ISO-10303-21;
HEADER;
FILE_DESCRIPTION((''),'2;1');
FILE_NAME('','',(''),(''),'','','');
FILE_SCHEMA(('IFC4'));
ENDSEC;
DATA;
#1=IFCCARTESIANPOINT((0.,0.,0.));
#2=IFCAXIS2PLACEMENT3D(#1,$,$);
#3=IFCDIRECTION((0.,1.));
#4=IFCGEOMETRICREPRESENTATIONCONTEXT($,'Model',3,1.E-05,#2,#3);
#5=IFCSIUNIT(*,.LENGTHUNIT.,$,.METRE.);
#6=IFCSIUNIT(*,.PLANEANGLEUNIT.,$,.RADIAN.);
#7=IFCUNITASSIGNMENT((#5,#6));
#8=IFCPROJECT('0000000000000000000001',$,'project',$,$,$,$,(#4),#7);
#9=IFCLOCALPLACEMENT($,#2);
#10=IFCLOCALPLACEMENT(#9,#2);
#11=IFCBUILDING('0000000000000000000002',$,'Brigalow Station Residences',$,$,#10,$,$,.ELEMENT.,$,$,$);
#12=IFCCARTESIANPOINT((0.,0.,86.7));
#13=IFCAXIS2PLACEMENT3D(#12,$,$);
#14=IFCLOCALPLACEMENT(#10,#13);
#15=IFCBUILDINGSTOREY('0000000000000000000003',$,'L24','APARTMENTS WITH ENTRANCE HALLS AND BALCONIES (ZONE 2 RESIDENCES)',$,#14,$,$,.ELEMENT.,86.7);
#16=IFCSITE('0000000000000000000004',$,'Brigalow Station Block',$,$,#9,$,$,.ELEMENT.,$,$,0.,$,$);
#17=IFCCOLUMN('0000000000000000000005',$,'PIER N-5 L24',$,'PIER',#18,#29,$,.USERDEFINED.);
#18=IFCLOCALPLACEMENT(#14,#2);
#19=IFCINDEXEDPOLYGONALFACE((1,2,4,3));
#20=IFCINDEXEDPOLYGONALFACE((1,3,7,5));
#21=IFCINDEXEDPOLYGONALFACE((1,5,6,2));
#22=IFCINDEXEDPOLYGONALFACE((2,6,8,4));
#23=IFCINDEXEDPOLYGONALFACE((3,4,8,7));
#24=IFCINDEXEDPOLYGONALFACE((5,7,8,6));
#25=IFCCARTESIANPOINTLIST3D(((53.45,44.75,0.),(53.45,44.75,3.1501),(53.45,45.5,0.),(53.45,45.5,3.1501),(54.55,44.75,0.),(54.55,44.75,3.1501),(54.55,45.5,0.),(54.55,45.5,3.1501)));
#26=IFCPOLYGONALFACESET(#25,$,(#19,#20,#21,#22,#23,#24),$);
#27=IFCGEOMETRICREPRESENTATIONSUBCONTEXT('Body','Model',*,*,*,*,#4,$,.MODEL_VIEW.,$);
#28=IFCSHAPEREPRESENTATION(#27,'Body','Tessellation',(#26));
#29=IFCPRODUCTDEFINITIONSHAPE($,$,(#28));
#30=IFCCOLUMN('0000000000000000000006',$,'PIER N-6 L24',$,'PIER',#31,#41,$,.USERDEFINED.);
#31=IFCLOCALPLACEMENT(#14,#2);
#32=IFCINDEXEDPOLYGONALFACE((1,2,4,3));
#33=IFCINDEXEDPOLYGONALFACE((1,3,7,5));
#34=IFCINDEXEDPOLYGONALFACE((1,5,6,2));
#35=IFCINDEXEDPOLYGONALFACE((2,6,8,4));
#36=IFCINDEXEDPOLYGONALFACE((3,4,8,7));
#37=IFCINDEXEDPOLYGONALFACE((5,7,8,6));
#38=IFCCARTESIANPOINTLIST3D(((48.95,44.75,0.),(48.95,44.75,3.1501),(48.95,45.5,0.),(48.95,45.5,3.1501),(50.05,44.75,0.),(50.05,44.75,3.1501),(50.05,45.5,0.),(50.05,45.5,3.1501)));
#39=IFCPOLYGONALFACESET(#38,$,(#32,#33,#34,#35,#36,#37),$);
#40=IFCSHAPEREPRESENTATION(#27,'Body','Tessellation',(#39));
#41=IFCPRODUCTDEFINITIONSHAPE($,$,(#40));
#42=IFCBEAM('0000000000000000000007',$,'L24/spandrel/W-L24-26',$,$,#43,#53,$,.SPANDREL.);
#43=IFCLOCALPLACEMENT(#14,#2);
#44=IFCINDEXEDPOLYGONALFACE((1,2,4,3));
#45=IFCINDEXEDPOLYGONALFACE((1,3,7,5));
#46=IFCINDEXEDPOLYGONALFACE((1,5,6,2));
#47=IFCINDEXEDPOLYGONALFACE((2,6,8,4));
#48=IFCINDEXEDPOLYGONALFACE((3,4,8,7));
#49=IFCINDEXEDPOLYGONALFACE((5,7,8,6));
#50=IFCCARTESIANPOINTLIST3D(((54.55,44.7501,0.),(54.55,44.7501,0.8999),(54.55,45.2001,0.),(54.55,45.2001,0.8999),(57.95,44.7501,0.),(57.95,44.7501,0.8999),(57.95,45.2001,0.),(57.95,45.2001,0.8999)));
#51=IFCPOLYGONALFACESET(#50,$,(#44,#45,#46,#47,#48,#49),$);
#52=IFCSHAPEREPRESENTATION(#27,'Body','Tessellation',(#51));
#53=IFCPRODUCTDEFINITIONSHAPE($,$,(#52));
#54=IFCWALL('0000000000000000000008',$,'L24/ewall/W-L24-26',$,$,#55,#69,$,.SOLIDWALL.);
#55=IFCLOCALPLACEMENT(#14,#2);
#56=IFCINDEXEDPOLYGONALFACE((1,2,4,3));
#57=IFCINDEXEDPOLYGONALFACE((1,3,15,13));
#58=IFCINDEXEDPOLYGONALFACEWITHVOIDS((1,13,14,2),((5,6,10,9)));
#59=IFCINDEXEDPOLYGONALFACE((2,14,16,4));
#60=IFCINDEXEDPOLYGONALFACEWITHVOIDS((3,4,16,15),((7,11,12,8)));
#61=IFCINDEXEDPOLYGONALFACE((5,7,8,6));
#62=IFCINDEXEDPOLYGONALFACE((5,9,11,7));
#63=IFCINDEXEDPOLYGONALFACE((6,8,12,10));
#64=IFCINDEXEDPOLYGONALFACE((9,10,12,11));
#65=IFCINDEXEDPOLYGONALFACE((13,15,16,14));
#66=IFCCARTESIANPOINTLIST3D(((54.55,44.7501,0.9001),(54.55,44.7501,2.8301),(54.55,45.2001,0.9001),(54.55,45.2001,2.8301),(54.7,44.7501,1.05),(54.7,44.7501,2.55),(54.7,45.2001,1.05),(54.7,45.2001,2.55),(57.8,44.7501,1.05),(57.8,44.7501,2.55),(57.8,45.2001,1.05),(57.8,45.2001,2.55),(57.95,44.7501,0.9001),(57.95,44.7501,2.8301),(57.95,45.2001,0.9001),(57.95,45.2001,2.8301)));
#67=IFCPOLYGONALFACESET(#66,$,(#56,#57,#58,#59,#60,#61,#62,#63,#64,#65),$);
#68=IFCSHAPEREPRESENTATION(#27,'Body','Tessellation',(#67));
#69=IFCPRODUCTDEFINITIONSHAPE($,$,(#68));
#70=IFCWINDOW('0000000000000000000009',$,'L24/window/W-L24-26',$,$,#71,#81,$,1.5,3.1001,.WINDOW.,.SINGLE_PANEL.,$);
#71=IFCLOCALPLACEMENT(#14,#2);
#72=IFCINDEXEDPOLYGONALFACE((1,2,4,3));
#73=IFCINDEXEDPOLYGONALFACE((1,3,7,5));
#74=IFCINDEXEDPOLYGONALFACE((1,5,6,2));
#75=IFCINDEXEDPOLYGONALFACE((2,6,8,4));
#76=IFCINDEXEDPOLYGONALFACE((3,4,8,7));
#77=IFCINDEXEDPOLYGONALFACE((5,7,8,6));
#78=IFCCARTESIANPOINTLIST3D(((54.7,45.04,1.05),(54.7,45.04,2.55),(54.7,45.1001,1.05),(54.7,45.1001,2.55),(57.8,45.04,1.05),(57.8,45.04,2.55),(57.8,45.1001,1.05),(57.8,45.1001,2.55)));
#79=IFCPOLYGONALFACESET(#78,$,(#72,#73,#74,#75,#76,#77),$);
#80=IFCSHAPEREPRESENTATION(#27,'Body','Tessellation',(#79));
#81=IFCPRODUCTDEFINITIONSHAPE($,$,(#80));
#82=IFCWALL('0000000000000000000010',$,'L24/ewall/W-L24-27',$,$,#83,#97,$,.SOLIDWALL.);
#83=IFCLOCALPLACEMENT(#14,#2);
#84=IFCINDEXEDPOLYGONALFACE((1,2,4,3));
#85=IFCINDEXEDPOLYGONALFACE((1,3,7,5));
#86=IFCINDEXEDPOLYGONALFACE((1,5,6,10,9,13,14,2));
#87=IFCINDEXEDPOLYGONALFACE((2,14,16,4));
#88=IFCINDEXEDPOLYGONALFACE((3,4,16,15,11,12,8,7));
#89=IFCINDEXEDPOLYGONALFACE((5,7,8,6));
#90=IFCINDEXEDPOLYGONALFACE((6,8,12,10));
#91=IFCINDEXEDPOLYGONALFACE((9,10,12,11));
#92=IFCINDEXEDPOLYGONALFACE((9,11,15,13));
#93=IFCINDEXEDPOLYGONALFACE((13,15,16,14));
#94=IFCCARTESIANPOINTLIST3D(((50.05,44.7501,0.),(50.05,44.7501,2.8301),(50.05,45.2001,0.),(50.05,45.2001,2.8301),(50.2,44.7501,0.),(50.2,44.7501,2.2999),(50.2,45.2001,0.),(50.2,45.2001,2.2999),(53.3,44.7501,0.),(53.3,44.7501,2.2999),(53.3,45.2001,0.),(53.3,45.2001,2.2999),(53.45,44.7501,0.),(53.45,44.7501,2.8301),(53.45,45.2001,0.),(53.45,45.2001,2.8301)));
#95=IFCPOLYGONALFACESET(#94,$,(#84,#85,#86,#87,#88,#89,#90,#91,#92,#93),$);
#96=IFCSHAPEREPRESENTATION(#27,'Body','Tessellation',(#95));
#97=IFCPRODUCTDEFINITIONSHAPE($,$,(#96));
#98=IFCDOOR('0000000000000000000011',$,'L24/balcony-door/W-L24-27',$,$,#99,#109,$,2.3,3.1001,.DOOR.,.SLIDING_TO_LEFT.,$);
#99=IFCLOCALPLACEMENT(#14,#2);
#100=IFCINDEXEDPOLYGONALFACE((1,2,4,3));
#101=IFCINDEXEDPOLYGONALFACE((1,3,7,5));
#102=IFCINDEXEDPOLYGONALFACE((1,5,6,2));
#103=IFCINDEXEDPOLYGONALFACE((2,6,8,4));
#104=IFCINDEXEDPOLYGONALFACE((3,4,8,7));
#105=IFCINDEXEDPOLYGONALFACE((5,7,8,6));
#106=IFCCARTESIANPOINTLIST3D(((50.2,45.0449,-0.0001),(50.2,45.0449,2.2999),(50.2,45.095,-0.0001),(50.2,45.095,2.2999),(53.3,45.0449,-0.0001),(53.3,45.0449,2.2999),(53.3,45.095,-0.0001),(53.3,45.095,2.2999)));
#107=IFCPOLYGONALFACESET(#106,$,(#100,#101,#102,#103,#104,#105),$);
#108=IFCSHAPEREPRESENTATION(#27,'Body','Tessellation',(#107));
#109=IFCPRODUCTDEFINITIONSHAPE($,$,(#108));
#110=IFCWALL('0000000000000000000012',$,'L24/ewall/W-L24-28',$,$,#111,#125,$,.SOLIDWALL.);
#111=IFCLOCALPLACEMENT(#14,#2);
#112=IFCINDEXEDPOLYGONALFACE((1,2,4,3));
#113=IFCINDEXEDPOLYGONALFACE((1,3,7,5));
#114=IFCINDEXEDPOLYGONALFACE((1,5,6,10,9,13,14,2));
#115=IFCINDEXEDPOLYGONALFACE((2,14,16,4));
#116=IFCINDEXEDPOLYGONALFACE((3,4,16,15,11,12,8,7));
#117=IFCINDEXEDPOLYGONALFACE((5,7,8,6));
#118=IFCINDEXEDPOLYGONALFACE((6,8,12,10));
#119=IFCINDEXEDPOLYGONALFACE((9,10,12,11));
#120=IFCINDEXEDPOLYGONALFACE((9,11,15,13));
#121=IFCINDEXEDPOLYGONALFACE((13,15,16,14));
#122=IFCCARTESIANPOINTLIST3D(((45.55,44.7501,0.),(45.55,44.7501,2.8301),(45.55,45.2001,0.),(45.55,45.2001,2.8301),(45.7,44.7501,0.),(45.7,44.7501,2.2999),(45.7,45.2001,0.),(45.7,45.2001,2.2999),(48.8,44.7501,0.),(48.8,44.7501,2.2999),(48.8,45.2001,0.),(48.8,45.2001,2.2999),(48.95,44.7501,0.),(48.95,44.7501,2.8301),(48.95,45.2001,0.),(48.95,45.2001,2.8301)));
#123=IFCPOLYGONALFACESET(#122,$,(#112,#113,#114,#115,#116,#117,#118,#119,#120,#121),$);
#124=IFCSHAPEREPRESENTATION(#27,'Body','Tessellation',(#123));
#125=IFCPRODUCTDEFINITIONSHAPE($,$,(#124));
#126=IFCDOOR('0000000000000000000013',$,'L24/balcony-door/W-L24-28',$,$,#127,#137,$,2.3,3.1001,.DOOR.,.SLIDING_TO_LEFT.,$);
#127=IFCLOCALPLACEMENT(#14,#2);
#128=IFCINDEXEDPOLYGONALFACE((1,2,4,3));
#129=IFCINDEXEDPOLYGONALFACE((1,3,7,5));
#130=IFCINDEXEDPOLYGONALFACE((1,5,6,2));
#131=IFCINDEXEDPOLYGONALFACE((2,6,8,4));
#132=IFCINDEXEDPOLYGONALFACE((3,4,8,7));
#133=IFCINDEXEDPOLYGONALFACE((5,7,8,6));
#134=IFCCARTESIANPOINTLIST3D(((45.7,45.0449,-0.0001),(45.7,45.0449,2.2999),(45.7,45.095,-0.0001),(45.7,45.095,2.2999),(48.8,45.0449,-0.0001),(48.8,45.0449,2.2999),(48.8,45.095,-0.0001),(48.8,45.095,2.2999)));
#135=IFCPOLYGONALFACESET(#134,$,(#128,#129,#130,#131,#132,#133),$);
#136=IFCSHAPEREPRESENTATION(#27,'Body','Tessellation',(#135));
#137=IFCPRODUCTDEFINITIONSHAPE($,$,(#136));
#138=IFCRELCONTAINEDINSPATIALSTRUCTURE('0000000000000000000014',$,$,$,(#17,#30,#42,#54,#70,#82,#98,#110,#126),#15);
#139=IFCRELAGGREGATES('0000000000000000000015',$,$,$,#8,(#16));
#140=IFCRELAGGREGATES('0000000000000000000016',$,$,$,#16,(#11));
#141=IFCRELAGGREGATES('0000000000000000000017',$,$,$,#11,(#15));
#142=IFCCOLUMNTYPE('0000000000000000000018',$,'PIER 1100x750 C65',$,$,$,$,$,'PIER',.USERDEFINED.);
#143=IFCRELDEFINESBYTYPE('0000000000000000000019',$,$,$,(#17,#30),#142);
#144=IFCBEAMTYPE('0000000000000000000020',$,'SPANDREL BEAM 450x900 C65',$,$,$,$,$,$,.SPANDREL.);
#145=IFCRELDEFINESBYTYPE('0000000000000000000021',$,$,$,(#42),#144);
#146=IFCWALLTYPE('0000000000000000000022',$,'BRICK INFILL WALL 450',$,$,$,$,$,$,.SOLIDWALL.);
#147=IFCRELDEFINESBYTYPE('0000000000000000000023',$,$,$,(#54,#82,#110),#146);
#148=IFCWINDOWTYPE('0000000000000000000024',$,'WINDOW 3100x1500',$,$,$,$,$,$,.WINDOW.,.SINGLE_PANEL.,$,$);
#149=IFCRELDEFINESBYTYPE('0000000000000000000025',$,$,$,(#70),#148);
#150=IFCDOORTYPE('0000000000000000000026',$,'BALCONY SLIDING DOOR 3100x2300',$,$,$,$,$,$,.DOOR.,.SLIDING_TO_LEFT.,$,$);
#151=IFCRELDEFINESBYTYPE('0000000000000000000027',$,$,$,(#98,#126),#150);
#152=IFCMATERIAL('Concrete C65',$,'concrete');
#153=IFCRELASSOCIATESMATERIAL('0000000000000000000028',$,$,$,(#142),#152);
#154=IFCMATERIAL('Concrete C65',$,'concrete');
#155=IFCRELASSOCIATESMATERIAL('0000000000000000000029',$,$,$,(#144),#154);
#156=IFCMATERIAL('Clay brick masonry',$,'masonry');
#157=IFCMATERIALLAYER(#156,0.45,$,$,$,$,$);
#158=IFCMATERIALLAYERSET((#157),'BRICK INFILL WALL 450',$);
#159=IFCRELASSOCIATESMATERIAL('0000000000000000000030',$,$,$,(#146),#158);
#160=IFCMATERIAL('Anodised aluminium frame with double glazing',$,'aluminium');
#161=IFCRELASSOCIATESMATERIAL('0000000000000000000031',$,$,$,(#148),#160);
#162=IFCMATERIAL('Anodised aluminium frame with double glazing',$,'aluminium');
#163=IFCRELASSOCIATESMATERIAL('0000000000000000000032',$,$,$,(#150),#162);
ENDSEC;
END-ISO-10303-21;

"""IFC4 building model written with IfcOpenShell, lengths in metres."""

from ifc_helpers import new_model, si_unit, direction, frame, frame_2d, origin, origin_2d, place, context, subcontext, project, spatial, rectangle, extrude, material, layer, layer_set, material_profile, profile_set, type_object, element, fill, save


model = new_model("IFC4")

# Units and contexts
model_context = context("Model", 3, precision=1e-05, world=origin(), true_north=direction((0.0, 1.0)))
body_context = subcontext(model_context, "Body", "Model", "MODEL_VIEW")
ifc_project = project(units=[si_unit("LENGTHUNIT", "METRE"), si_unit("PLANEANGLEUNIT", "RADIAN")], contexts=[model_context])

# Site, building, storey
site_placement = place(None, origin())
site = spatial("IfcSite", under=ifc_project, at=site_placement, Name="Brigalow Station Block", CompositionType="ELEMENT", RefElevation=0.0)
building_placement = place(site_placement, origin())
building = spatial("IfcBuilding", under=site, at=building_placement, Name="Brigalow Station Residences", CompositionType="ELEMENT")
storey_placement = place(building_placement, frame((0.0, 0.0, 86.7)))
storey = spatial("IfcBuildingStorey", under=building, at=storey_placement, Name="L24", Description="APARTMENTS WITH ENTRANCE HALLS AND BALCONIES (ZONE 2 RESIDENCES)", CompositionType="ELEMENT", Elevation=86.7)

# Columns
ifc_material_1 = material(Name="Concrete C65", Category="concrete")
ifc_material_profile_1 = material_profile(ifc_material_1, rectangle(XDim=1.1001, YDim=0.75, at=origin_2d()), Name="RC1100x750")
ifc_profile_set_1 = profile_set([ifc_material_profile_1], Name="Concrete C65")
column_type = type_object("IfcColumnType", Name="PIER 1100x750 C65", ElementType="PIER", PredefinedType="USERDEFINED", material=ifc_profile_set_1)
for number, where, z_axis, x_axis, name in (
    (1, (54.0, 45.125, 0.0), (0.0, 0.0, 1.0), (-1.0, 0.0, 0.0), "PIER N-5 L24"),
    (2, (49.5, 45.125, 0.0), (0.0, 0.0, 1.0), (-1.0, 0.0, 0.0), "PIER N-6 L24"),
):
    element("IfcColumn", number, at=place(storey_placement, frame(where, z_axis=z_axis, x_axis=x_axis)), inside=storey, type_object=column_type, Name=name, ObjectType="PIER", PredefinedType="USERDEFINED", context=body_context, shape_type="SweptSolid", body=[
        extrude(rectangle(XDim=1.1001, YDim=0.75, at=origin_2d()), origin(), (0.0, 0.0, 1.0), 3.1501),
    ])

# Beam
ifc_material_2 = material(Name="Concrete C65", Category="concrete")
ifc_material_profile_2 = material_profile(ifc_material_2, rectangle(XDim=0.45, YDim=0.8999, at=origin_2d()), Name="RC450x900")
ifc_profile_set_2 = profile_set([ifc_material_profile_2], Name="Concrete C65")
beam_type = type_object("IfcBeamType", Name="SPANDREL BEAM 450x900 C65", PredefinedType="SPANDREL", material=ifc_profile_set_2)
beam_placement = place(storey_placement, frame((57.95, 44.9751, 0.45), z_axis=(-1.0, 0.0, 0.0), x_axis=(0.0, -1.0, 0.0)))
element("IfcBeam", 3, at=beam_placement, inside=storey, type_object=beam_type, Name="L24/spandrel/W-L24-26", PredefinedType="SPANDREL", context=body_context, shape_type="SweptSolid", body=[
    extrude(rectangle(XDim=0.45, YDim=0.8999, at=origin_2d()), origin(), (0.0, 0.0, 1.0), 3.3999),
])

# Wall, opening, window
ifc_material_3 = material(Name="Clay brick masonry", Category="masonry")
ifc_layer_1 = layer(ifc_material_3, 0.45)
ifc_layer_set_1 = layer_set([ifc_layer_1], Name="BRICK INFILL WALL 450")
wall_type_1 = type_object("IfcWallType", Name="BRICK INFILL WALL 450", PredefinedType="SOLIDWALL", material=ifc_layer_set_1)
wall_1_placement = place(storey_placement, frame((57.95, 44.9751, 0.9001), z_axis=(0.0, 0.0, 1.0), x_axis=(-1.0, 0.0, 0.0)))
wall_1 = element("IfcWall", 4, at=wall_1_placement, inside=storey, type_object=wall_type_1, Name="L24/ewall/W-L24-26", PredefinedType="SOLIDWALL", context=body_context, shape_type="SweptSolid", body=[
    extrude(rectangle(XDim=3.3999, YDim=0.45, at=frame_2d((1.7, 0.0))), origin(), (0.0, 0.0, 1.0), 1.9299),
])
opening_1_placement = place(wall_1_placement, frame((0.1499, 0.0, 0.1499)))
opening_1 = element("IfcOpeningElement", 5, at=opening_1_placement, cuts=wall_1, PredefinedType="OPENING", context=body_context, shape_type="SweptSolid", body=[
    extrude(rectangle(XDim=3.1001, YDim=1.5, at=frame_2d((1.55, 0.75))), frame((0.0, 0.2349, 0.0), z_axis=(0.0, -1.0, 0.0), x_axis=(1.0, 0.0, 0.0)), (0.0, 0.0, 1.0), 0.47),
])
ifc_material_4 = material(Name="Anodised aluminium frame with double glazing", Category="aluminium")
window_type = type_object("IfcWindowType", Name="WINDOW 3100x1500", PartitioningType="SINGLE_PANEL", PredefinedType="WINDOW", material=ifc_material_4)
window_placement = place(opening_1_placement, origin())
window = element("IfcWindow", 6, at=window_placement, inside=storey, type_object=window_type, Name="L24/window/W-L24-26", OverallHeight=1.5, OverallWidth=3.1001, PartitioningType="SINGLE_PANEL", PredefinedType="WINDOW", context=body_context, shape_type="SweptSolid", body=[
    extrude(rectangle(XDim=3.1001, YDim=1.5, at=frame_2d((1.55, 0.75))), frame((0.0, -0.0649, 0.0), z_axis=(0.0, -1.0, 0.0), x_axis=(1.0, 0.0, 0.0)), (0.0, 0.0, 1.0), 0.0601),
])
fill(opening_1, window)

# Walls, openings, doors
wall_2_placement = place(storey_placement, frame((53.45, 44.9751, 0.0), z_axis=(0.0, 0.0, 1.0), x_axis=(-1.0, 0.0, 0.0)))
wall_2 = element("IfcWall", 7, at=wall_2_placement, inside=storey, type_object=wall_type_1, Name="L24/ewall/W-L24-27", PredefinedType="SOLIDWALL", context=body_context, shape_type="SweptSolid", body=[
    extrude(rectangle(XDim=3.3999, YDim=0.45, at=frame_2d((1.7, 0.0))), origin(), (0.0, 0.0, 1.0), 2.8301),
])
opening_2_placement = place(wall_2_placement, frame((0.1499, 0.0, 0.0)))
opening_2 = element("IfcOpeningElement", 8, at=opening_2_placement, cuts=wall_2, PredefinedType="OPENING", context=body_context, shape_type="SweptSolid", body=[
    extrude(rectangle(XDim=3.1001, YDim=2.3, at=frame_2d((1.55, 1.1499))), frame((0.0, 0.2349, 0.0), z_axis=(0.0, -1.0, 0.0), x_axis=(1.0, 0.0, 0.0)), (0.0, 0.0, 1.0), 0.47),
])
ifc_material_5 = material(Name="Anodised aluminium frame with double glazing", Category="aluminium")
door_type_1 = type_object("IfcDoorType", Name="BALCONY SLIDING DOOR 3100x2300", OperationType="SLIDING_TO_LEFT", PredefinedType="DOOR", material=ifc_material_5)
door_1_placement = place(opening_2_placement, origin())
door_1 = element("IfcDoor", 9, at=door_1_placement, inside=storey, type_object=door_type_1, Name="L24/balcony-door/W-L24-27", OperationType="SLIDING_TO_LEFT", OverallHeight=2.3, OverallWidth=3.1001, PredefinedType="DOOR", context=body_context, shape_type="SweptSolid", body=[
    extrude(rectangle(XDim=3.1001, YDim=2.3, at=frame_2d((1.55, 1.1499))), frame((0.0, -0.0698, 0.0), z_axis=(0.0, -1.0, 0.0), x_axis=(1.0, 0.0, 0.0)), (0.0, 0.0, 1.0), 0.05),
])
fill(opening_2, door_1)
wall_3_placement = place(storey_placement, frame((48.95, 44.9751, 0.0), z_axis=(0.0, 0.0, 1.0), x_axis=(-1.0, 0.0, 0.0)))
wall_3 = element("IfcWall", 10, at=wall_3_placement, inside=storey, type_object=wall_type_1, Name="L24/ewall/W-L24-28", PredefinedType="SOLIDWALL", context=body_context, shape_type="SweptSolid", body=[
    extrude(rectangle(XDim=3.3999, YDim=0.45, at=frame_2d((1.7, 0.0))), origin(), (0.0, 0.0, 1.0), 2.8301),
])
opening_3_placement = place(wall_3_placement, frame((0.1499, 0.0, 0.0)))
opening_3 = element("IfcOpeningElement", 11, at=opening_3_placement, cuts=wall_3, PredefinedType="OPENING", context=body_context, shape_type="SweptSolid", body=[
    extrude(rectangle(XDim=3.1001, YDim=2.3, at=frame_2d((1.55, 1.1499))), frame((0.0, 0.2349, 0.0), z_axis=(0.0, -1.0, 0.0), x_axis=(1.0, 0.0, 0.0)), (0.0, 0.0, 1.0), 0.47),
])
door_2_placement = place(opening_3_placement, origin())
door_2 = element("IfcDoor", 12, at=door_2_placement, inside=storey, type_object=door_type_1, Name="L24/balcony-door/W-L24-28", OperationType="SLIDING_TO_LEFT", OverallHeight=2.3, OverallWidth=3.1001, PredefinedType="DOOR", context=body_context, shape_type="SweptSolid", body=[
    extrude(rectangle(XDim=3.1001, YDim=2.3, at=frame_2d((1.55, 1.1499))), frame((0.0, -0.0698, 0.0), z_axis=(0.0, -1.0, 0.0), x_axis=(1.0, 0.0, 0.0)), (0.0, 0.0, 1.0), 0.05),
])
fill(opening_3, door_2)

save(model, "model.ifc")
